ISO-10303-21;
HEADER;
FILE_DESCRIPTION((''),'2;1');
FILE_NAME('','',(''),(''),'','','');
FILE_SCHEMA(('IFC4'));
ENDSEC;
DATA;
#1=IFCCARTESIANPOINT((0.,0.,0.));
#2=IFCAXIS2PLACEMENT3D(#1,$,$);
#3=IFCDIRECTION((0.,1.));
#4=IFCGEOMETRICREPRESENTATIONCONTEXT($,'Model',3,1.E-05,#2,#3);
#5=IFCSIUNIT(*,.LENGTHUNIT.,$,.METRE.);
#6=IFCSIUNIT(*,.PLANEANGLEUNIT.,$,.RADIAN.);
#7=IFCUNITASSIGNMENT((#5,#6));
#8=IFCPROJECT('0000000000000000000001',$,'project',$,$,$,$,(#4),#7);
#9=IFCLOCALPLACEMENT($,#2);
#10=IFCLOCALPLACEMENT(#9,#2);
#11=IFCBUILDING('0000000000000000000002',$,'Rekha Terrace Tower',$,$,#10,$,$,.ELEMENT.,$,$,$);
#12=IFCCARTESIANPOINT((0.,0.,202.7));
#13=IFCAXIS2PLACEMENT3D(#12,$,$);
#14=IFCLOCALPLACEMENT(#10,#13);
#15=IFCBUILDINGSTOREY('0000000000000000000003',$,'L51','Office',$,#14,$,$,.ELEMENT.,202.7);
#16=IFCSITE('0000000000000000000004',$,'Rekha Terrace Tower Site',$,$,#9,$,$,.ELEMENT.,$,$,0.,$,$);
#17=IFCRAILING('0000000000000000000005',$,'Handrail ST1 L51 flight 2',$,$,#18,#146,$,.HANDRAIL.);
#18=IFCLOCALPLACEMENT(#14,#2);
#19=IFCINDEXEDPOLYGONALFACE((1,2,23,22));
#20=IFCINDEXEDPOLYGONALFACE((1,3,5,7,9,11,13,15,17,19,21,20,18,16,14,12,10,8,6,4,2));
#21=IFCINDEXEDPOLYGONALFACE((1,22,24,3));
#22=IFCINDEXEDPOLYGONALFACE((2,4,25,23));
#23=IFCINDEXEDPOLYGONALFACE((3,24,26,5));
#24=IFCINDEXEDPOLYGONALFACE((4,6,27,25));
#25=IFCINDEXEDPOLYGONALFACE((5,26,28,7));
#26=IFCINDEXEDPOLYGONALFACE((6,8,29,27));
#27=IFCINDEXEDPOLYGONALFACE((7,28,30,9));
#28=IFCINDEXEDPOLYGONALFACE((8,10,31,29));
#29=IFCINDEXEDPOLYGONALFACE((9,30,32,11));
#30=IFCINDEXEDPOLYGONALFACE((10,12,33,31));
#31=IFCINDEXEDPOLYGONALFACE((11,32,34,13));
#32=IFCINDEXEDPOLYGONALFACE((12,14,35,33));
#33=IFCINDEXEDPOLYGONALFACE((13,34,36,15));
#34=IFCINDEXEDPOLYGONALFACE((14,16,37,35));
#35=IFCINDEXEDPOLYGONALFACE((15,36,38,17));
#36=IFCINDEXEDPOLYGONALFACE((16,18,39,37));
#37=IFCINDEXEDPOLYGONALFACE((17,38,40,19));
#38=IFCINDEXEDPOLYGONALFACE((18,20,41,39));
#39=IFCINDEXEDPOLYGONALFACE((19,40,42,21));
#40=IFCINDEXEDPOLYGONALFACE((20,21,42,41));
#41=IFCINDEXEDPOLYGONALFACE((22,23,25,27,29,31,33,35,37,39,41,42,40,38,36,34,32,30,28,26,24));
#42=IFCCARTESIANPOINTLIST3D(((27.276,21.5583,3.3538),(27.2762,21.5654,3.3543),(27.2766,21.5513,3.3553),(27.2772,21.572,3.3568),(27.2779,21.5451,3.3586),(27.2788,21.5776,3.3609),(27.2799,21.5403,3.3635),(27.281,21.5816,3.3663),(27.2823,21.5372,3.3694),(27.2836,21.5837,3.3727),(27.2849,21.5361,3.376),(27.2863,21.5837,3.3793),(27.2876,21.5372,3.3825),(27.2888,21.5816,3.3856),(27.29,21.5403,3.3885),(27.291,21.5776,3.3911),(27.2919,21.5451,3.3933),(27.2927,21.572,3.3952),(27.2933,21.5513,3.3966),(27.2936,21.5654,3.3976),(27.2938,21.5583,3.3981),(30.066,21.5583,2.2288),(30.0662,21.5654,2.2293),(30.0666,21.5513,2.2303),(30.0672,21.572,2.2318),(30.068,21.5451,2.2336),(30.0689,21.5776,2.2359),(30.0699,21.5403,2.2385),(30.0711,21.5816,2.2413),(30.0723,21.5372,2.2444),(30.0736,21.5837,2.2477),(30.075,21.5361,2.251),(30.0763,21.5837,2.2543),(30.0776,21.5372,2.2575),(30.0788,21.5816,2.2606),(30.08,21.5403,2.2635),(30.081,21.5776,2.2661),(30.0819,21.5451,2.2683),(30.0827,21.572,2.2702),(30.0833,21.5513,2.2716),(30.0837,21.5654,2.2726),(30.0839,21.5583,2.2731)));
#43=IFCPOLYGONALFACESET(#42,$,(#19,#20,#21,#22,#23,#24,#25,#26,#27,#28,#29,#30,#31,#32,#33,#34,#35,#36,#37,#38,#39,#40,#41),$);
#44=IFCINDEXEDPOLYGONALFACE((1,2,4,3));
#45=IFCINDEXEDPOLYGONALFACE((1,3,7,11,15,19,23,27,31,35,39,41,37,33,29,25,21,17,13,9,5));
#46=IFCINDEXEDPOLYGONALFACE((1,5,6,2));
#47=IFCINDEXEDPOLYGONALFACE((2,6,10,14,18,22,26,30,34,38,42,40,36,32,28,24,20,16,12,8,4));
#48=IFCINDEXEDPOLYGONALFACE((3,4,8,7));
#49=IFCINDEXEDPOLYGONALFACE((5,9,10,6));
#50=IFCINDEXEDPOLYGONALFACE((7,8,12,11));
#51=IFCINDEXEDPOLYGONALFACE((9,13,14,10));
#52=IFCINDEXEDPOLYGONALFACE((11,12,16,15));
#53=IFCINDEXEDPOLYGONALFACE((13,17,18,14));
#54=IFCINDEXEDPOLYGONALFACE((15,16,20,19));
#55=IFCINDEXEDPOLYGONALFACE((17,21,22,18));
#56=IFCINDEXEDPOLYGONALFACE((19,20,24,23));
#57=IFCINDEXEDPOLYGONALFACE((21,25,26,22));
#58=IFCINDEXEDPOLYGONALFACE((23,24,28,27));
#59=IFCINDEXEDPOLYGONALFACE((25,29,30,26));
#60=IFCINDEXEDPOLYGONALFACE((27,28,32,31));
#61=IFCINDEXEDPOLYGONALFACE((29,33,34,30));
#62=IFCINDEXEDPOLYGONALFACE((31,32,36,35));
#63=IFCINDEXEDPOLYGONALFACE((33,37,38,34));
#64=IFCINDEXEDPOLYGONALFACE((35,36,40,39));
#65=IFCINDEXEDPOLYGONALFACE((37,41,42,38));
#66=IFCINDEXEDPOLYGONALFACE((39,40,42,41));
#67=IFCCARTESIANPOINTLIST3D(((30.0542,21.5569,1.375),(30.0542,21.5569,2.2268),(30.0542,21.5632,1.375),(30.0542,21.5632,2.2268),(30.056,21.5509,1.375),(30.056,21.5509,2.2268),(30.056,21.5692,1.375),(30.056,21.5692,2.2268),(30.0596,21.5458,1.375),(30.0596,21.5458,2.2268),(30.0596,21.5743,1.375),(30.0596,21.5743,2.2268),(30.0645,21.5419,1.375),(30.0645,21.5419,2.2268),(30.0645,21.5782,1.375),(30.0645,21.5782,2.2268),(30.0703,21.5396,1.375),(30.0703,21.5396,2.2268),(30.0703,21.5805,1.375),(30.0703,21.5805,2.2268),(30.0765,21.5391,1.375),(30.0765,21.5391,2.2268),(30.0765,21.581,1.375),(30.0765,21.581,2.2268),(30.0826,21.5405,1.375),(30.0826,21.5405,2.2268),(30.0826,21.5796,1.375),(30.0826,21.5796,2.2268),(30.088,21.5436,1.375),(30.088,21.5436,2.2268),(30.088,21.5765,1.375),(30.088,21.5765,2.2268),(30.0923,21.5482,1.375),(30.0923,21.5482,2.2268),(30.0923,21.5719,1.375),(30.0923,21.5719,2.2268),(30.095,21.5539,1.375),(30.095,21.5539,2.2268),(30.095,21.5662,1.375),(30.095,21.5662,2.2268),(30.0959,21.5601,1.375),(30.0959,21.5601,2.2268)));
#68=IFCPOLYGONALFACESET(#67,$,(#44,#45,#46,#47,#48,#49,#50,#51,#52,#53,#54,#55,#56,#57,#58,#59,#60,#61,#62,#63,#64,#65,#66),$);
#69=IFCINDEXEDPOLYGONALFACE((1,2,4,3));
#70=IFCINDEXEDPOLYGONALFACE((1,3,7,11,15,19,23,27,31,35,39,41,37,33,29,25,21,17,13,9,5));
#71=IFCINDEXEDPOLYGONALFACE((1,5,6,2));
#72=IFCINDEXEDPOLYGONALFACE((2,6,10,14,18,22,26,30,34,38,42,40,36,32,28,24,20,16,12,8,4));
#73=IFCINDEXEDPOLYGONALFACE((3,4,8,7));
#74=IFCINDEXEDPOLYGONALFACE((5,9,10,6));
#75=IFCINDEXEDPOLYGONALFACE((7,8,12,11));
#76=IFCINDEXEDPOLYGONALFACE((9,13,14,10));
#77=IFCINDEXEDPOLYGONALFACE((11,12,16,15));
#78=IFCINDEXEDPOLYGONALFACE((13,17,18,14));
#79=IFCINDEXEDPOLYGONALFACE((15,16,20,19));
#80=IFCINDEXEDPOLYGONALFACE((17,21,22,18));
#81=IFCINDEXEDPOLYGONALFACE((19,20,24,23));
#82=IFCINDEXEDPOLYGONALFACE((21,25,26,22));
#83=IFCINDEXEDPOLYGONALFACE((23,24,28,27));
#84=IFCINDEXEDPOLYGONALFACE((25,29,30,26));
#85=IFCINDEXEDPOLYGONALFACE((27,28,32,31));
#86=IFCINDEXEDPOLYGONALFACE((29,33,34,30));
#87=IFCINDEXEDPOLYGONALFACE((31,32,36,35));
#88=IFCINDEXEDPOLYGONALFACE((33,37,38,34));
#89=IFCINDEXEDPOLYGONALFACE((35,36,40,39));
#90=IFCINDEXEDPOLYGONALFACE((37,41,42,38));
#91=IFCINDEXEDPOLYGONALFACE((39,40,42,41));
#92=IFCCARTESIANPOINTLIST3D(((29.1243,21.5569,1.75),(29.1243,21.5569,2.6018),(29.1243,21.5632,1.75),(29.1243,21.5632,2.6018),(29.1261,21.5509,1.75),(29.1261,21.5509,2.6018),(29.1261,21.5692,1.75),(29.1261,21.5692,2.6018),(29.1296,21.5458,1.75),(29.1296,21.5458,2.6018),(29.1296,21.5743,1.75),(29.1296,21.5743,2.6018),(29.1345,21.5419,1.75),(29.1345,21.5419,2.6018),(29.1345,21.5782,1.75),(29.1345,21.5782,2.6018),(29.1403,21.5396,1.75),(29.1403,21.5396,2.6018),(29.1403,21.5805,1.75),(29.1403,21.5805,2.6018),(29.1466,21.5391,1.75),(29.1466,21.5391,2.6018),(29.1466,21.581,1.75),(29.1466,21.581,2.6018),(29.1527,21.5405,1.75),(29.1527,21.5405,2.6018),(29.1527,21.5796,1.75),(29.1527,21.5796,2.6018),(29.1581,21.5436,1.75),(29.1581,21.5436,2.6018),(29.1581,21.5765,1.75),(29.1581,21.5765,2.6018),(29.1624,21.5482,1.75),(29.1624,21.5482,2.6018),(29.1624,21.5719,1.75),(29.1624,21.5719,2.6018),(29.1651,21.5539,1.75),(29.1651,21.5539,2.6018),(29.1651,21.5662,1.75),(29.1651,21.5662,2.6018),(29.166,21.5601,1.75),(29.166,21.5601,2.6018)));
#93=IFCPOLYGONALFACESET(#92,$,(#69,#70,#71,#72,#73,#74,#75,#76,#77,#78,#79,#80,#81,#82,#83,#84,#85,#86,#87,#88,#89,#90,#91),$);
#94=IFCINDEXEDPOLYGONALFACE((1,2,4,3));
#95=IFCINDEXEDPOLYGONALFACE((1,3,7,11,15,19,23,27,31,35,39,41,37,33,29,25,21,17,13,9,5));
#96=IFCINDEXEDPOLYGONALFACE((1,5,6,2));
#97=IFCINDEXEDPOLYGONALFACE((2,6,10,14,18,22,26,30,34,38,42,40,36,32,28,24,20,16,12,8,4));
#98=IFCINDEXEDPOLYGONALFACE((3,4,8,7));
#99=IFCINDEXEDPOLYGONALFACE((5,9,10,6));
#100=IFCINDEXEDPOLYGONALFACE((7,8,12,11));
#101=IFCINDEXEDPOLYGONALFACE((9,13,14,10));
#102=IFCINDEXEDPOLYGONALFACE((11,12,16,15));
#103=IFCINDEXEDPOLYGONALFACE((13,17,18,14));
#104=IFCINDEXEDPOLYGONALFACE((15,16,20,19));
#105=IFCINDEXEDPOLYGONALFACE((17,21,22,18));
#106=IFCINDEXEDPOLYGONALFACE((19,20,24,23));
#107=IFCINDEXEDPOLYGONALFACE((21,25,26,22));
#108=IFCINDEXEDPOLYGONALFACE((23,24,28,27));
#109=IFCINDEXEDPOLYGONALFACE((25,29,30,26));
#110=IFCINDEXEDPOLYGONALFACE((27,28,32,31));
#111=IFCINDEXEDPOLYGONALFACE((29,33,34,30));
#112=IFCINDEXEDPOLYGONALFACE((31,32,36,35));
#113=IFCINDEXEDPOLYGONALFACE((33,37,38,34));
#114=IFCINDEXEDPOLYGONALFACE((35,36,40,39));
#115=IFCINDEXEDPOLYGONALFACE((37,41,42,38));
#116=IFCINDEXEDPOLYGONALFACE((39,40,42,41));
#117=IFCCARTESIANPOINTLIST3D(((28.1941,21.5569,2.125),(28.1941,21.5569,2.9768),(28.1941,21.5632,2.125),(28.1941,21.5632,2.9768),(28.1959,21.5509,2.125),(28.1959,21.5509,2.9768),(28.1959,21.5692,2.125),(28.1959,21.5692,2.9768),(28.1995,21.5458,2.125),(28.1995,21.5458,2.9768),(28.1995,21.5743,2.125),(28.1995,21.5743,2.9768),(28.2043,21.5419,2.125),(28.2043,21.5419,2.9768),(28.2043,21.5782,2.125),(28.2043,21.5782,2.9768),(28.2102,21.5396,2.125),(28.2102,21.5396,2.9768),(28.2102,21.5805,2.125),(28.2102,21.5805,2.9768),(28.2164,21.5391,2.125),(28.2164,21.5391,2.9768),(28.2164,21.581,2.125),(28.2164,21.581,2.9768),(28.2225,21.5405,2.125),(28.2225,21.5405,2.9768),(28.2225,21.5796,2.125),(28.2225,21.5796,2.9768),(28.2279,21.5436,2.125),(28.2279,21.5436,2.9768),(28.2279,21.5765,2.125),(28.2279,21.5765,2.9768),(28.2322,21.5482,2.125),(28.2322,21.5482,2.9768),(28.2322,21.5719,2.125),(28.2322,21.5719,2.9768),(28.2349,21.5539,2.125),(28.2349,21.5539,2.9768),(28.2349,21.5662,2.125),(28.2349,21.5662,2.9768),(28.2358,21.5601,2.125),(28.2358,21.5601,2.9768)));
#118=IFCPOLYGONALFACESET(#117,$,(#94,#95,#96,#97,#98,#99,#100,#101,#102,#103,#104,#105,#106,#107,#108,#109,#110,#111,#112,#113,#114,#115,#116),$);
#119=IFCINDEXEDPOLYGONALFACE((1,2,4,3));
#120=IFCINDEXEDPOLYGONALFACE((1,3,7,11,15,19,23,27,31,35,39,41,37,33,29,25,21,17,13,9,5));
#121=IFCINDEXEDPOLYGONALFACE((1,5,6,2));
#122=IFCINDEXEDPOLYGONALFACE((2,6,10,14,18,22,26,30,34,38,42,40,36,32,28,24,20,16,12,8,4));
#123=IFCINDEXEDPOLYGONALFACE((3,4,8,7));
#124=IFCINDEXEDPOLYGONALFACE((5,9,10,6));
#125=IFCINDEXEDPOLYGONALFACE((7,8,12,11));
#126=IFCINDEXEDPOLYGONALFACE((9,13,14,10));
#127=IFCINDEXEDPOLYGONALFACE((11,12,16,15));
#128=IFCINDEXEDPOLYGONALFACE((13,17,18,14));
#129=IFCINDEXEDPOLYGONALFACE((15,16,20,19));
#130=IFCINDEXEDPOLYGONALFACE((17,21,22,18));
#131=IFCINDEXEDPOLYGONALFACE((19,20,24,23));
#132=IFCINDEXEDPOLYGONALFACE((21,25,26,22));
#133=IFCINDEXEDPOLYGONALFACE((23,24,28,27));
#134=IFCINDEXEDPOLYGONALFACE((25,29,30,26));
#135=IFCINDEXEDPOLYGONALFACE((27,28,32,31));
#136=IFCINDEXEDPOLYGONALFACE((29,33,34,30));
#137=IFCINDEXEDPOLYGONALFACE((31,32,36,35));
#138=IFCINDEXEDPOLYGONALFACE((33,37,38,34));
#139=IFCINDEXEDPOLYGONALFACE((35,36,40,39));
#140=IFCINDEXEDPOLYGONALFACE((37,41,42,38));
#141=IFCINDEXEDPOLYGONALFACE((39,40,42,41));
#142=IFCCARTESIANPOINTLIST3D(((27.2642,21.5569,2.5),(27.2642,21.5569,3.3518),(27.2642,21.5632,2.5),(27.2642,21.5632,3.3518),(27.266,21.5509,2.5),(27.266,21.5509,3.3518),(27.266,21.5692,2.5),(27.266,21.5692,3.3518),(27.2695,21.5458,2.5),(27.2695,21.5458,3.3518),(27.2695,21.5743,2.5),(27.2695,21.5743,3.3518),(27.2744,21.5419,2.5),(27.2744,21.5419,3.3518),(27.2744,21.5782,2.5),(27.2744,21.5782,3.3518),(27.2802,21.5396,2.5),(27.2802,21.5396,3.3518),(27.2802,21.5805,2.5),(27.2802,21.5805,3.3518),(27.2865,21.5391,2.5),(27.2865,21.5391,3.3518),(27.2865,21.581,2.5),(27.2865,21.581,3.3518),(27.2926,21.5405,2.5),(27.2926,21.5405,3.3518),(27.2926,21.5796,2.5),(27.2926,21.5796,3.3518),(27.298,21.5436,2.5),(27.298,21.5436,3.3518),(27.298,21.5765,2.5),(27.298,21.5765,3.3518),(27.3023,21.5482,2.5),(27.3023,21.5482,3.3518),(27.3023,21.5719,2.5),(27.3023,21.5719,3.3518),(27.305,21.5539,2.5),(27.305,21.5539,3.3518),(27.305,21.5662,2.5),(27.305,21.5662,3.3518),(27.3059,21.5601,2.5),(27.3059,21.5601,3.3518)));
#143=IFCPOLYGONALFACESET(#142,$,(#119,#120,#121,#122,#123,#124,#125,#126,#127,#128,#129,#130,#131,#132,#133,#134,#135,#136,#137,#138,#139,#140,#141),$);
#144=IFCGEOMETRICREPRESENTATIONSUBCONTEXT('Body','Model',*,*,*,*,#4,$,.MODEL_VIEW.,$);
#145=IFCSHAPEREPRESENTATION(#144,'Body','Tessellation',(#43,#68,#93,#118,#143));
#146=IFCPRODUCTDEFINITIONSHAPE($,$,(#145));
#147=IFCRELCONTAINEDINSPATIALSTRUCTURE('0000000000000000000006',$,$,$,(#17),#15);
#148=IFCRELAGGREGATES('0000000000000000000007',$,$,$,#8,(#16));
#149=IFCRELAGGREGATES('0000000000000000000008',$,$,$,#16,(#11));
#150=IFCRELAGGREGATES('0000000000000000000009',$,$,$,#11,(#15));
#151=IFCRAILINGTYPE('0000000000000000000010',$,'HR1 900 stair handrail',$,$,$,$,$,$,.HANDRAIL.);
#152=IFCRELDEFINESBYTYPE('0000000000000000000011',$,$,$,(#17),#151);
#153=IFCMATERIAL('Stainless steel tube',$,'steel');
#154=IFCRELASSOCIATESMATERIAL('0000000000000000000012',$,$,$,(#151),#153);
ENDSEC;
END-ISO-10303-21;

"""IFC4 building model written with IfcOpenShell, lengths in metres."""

from ifc_helpers import new_model, si_unit, direction, frame, origin, origin_2d, place, context, subcontext, project, spatial, circle, extrude, material, type_object, element, save


model = new_model("IFC4")

# Units and contexts
model_context = context("Model", 3, precision=1e-05, world=origin(), true_north=direction((0.0, 1.0)))
body_context = subcontext(model_context, "Body", "Model", "MODEL_VIEW")
ifc_project = project(units=[si_unit("LENGTHUNIT", "METRE"), si_unit("PLANEANGLEUNIT", "RADIAN")], contexts=[model_context])

# Site, building, storey
site_placement = place(None, origin())
site = spatial("IfcSite", under=ifc_project, at=site_placement, Name="Rekha Terrace Tower Site", CompositionType="ELEMENT", RefElevation=0.0)
building_placement = place(site_placement, origin())
building = spatial("IfcBuilding", under=site, at=building_placement, Name="Rekha Terrace Tower", CompositionType="ELEMENT")
storey_placement = place(building_placement, frame((0.0, 0.0, 202.7)))
storey = spatial("IfcBuildingStorey", under=building, at=storey_placement, Name="L51", Description="Office", CompositionType="ELEMENT", Elevation=202.7)

# Railing
ifc_material_1 = material(Name="Stainless steel tube", Category="steel")
railing_type_1 = type_object("IfcRailingType", Name="HR1 900 stair handrail", PredefinedType="HANDRAIL", material=ifc_material_1)
railing_1_placement = place(storey_placement, frame((30.075, 21.5601, 1.375)))
element("IfcRailing", 1, at=railing_1_placement, inside=storey, type_object=railing_type_1, Name="Handrail ST1 L51 flight 2", PredefinedType="HANDRAIL", context=body_context, shape_type="SweptSolid", body=[
    extrude(circle(Radius=0.0239, at=origin_2d()), frame((0.0, 0.0, 0.876), z_axis=(-0.927443, 0.0, 0.373964), x_axis=(0.0, -1.0, 0.0)), (0.0, 0.0, 1.0), 3.0083),
    extrude(circle(Radius=0.021, at=origin_2d()), origin(), (0.0, 0.0, 1.0), 0.8518),
    extrude(circle(Radius=0.021, at=origin_2d()), frame((-0.9299, 0.0, 0.375)), (0.0, 0.0, 1.0), 0.8518),
    extrude(circle(Radius=0.021, at=origin_2d()), frame((-1.8601, 0.0, 0.75)), (0.0, 0.0, 1.0), 0.8518),
    extrude(circle(Radius=0.021, at=origin_2d()), frame((-2.79, 0.0, 1.125)), (0.0, 0.0, 1.0), 0.8518),
])

save(model, "model.ifc")
